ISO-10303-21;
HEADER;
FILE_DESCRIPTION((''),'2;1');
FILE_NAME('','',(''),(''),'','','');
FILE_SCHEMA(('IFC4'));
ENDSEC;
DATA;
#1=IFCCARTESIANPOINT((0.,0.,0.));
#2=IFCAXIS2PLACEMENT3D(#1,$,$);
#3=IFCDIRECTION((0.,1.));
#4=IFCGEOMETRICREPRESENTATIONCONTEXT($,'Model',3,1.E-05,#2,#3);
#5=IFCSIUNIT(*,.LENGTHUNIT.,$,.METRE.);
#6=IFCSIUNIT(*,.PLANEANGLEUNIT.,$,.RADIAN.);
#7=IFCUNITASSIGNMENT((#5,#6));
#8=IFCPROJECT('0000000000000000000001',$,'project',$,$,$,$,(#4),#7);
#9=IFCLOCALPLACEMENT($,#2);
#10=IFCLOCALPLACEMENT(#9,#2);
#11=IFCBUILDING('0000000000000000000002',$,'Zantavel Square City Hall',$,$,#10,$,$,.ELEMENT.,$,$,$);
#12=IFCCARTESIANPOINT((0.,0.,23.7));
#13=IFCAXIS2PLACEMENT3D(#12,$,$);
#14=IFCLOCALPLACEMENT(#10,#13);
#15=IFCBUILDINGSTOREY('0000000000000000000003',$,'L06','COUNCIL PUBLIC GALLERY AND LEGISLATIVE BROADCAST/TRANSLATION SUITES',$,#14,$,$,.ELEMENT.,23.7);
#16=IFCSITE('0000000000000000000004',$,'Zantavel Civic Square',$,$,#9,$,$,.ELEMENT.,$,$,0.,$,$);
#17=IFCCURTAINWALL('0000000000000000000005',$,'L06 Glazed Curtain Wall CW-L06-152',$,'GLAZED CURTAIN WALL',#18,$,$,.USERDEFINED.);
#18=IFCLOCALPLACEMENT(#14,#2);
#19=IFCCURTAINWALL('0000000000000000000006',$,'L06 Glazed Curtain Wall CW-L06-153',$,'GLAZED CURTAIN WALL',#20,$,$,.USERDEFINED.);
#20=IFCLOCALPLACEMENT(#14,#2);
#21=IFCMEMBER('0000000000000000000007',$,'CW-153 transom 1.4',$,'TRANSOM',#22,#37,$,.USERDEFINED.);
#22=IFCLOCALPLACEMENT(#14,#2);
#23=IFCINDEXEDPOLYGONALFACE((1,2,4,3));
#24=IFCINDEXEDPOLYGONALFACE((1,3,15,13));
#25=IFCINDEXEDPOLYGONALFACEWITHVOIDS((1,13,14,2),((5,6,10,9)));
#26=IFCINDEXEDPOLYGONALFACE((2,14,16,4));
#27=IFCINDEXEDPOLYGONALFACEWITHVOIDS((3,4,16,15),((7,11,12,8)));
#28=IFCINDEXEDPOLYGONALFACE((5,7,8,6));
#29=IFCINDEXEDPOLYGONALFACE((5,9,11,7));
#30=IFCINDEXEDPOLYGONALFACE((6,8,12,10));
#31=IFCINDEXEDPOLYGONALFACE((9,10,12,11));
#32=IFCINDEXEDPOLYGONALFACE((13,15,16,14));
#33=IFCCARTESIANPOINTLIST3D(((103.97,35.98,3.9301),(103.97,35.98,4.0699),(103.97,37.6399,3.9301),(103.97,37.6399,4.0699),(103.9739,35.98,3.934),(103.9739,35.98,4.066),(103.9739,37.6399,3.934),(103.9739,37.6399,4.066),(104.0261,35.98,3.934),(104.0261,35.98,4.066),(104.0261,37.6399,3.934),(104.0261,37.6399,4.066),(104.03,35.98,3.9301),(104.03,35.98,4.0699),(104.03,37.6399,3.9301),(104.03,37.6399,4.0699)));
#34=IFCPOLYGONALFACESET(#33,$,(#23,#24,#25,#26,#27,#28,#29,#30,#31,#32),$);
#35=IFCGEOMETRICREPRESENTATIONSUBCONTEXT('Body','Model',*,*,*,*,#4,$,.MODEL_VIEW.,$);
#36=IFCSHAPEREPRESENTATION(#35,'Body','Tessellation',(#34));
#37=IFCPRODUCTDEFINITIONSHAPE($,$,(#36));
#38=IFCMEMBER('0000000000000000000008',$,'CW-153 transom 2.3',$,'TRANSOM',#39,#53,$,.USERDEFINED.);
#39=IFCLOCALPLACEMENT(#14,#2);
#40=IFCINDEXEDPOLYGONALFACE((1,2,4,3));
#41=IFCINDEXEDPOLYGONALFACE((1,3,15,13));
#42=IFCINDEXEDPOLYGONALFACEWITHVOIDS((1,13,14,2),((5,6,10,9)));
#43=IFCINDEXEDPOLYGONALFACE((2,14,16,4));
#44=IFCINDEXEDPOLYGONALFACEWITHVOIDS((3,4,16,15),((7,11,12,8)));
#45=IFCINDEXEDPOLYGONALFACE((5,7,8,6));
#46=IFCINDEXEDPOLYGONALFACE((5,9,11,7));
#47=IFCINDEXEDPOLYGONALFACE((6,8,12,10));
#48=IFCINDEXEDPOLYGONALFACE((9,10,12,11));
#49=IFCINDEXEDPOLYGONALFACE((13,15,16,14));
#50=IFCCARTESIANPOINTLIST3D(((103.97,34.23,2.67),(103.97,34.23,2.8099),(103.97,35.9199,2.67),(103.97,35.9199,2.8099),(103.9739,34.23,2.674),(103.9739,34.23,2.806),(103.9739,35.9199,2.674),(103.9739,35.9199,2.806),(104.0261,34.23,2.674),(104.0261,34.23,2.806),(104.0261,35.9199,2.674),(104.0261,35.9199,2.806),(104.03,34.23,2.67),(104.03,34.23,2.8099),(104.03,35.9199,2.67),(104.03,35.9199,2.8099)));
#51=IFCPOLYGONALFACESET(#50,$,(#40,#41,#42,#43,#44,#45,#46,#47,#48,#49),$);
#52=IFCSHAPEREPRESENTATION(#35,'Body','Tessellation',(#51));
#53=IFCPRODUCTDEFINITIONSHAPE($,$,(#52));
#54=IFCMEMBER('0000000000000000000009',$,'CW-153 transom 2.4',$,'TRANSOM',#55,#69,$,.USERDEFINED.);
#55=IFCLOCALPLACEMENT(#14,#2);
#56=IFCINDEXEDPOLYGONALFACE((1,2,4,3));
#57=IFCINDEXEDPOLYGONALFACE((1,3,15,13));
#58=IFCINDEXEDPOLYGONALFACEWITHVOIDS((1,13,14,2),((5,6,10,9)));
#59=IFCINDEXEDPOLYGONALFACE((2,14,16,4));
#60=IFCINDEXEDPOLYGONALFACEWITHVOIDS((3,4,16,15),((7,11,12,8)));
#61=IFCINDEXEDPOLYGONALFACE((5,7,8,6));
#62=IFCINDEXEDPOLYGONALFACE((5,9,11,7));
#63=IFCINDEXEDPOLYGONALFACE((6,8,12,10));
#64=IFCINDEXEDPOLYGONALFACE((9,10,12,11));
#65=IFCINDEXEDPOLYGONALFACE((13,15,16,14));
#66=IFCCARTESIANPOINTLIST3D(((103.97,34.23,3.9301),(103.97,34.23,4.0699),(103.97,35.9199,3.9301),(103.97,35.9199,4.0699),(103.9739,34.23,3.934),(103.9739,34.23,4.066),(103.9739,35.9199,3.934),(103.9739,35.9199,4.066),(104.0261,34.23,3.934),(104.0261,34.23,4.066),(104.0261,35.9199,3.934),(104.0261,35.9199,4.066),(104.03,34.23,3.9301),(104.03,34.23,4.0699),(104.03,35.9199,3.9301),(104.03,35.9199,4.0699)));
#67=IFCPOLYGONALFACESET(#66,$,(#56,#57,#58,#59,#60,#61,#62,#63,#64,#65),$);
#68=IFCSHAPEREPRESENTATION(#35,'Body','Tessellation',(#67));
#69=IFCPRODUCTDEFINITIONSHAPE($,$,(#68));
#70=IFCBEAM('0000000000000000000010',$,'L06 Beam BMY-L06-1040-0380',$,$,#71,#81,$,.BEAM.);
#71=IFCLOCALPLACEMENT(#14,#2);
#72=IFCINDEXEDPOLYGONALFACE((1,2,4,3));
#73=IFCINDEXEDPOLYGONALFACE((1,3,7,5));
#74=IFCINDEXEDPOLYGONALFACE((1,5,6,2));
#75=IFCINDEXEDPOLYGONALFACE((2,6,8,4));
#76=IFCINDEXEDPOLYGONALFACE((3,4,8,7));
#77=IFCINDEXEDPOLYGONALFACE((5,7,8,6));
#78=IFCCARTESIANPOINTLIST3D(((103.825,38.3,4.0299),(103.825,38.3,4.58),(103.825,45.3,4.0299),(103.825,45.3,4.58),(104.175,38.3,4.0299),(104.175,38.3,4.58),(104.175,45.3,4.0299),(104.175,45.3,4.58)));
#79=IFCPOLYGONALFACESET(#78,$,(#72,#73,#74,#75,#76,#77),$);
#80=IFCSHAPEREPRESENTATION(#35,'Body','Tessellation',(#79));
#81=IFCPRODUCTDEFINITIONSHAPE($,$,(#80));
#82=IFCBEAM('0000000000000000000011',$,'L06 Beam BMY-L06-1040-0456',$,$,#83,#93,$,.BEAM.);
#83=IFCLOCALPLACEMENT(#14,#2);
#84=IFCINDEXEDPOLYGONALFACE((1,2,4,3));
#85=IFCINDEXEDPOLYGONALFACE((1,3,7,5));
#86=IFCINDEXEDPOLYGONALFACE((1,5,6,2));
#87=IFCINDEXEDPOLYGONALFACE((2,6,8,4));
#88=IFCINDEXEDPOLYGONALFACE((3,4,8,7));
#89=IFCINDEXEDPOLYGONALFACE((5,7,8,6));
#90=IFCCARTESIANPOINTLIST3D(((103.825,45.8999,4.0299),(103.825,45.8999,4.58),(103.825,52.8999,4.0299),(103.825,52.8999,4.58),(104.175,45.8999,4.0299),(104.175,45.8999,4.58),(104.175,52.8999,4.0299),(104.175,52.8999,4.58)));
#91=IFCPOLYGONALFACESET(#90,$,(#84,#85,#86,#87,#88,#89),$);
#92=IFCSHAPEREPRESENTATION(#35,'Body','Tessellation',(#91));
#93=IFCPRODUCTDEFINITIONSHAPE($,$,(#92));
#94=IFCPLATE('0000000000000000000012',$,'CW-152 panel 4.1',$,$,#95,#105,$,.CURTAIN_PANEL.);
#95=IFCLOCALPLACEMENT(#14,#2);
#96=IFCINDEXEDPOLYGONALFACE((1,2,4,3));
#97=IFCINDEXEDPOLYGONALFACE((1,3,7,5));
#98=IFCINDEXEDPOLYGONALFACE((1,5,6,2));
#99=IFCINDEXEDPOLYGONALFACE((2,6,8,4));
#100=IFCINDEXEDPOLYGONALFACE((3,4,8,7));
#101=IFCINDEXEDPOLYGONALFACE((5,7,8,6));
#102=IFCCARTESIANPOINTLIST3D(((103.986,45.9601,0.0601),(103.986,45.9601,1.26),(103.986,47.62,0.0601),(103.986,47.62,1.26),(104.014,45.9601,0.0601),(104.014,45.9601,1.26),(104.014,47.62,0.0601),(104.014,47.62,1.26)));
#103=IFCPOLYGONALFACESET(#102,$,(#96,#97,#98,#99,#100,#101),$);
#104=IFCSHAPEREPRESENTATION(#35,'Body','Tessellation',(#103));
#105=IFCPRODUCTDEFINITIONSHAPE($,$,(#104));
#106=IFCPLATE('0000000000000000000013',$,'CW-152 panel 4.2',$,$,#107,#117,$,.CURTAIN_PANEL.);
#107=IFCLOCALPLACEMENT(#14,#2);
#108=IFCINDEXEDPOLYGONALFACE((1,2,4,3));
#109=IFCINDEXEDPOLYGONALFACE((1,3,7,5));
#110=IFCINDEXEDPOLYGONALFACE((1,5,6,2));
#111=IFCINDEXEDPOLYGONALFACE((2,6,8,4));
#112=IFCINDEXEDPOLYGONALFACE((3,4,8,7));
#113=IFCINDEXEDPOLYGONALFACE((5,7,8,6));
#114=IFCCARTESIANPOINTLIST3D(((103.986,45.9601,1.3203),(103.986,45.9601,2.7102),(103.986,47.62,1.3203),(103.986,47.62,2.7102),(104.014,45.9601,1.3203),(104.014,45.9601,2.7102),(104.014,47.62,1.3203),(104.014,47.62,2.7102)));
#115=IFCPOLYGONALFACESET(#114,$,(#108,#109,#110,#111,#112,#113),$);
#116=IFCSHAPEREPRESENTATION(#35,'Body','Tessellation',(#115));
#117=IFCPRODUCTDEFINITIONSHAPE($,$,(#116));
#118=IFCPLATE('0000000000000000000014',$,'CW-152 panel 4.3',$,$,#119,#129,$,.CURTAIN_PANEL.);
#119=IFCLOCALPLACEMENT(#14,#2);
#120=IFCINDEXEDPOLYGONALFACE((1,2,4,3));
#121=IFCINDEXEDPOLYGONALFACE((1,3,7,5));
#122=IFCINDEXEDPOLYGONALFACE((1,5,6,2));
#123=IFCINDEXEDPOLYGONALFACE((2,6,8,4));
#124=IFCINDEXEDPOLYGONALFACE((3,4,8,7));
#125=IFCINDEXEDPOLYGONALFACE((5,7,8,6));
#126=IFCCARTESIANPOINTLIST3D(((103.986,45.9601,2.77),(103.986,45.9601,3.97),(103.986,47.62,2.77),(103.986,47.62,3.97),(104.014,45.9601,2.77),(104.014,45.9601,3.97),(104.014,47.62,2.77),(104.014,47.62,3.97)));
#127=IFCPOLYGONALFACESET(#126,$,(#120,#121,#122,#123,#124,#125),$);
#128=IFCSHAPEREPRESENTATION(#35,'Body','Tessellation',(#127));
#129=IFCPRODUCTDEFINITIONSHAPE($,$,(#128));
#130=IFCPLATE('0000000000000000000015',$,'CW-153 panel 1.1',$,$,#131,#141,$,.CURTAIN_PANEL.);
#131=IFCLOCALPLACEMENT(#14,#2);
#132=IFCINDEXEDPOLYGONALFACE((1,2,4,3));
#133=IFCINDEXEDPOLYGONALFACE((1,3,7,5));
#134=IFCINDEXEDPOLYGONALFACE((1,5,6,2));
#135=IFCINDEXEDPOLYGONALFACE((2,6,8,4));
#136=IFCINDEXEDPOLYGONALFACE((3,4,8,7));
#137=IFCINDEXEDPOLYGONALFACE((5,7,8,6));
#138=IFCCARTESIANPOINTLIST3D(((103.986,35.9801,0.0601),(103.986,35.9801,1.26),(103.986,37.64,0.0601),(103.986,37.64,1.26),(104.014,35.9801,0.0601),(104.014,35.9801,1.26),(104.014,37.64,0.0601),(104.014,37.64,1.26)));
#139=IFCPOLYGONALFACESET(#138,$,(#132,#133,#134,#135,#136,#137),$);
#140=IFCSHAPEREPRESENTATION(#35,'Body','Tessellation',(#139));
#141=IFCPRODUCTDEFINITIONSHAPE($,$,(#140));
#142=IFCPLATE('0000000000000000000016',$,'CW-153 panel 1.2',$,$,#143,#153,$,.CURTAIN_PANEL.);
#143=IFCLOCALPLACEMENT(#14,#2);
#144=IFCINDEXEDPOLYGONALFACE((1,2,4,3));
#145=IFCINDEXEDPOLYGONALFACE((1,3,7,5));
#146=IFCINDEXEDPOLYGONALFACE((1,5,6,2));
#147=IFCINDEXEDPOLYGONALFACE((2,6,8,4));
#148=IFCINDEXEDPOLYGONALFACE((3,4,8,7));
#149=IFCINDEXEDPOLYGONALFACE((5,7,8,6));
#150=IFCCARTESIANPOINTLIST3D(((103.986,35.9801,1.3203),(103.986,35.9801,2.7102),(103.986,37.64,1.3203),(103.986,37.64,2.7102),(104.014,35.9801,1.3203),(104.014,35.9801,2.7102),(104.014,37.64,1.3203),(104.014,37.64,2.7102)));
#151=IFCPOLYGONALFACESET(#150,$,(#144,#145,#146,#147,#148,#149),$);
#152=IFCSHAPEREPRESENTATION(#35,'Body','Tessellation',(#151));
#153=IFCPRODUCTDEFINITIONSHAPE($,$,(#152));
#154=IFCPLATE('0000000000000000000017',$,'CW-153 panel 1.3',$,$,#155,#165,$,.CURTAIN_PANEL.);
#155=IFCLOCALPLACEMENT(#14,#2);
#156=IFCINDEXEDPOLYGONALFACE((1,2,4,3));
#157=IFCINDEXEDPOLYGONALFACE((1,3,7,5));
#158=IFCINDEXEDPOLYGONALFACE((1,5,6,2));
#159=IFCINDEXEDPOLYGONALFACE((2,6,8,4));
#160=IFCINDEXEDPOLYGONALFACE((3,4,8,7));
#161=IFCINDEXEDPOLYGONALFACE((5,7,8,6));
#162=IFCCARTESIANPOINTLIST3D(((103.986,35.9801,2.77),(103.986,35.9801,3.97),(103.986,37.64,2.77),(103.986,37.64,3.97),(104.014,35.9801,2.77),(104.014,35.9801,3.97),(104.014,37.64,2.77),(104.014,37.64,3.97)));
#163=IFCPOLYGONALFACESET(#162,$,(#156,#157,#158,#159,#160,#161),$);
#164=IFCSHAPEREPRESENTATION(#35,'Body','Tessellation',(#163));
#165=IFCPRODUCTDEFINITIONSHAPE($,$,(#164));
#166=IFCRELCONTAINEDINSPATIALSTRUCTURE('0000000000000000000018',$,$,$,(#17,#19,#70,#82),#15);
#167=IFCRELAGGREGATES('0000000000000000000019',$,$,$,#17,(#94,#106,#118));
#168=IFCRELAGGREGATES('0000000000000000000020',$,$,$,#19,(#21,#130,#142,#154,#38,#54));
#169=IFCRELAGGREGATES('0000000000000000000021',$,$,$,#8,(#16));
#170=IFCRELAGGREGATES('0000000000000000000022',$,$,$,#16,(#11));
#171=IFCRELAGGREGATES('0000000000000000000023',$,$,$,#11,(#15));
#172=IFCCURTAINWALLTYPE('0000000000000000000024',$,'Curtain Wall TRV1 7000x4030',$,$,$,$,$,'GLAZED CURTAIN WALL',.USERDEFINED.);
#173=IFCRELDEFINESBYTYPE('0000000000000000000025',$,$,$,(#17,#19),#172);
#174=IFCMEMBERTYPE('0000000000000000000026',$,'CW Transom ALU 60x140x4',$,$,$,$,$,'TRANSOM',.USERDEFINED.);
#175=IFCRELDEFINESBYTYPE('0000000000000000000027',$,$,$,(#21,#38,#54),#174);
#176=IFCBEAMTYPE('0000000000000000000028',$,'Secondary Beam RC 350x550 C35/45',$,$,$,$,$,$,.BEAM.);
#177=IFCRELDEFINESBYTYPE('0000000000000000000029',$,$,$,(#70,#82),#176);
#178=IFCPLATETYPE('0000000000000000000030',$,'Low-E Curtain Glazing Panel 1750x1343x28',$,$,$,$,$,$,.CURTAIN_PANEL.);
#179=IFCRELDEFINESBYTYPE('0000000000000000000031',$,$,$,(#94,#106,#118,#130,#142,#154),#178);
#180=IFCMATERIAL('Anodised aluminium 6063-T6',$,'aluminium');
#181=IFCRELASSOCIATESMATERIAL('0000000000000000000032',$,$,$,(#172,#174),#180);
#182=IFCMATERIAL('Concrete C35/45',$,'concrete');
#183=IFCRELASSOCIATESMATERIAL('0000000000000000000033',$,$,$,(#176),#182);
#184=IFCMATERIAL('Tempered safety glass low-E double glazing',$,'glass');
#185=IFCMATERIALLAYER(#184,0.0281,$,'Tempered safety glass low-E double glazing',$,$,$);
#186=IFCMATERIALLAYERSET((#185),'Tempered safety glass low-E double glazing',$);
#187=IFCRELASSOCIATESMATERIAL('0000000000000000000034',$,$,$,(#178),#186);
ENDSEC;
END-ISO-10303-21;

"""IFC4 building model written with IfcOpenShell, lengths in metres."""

from ifc_helpers import new_model, si_unit, direction, frame, origin, origin_2d, place, context, subcontext, project, spatial, rectangle, hollow_rectangle, extrude, material, layer, layer_set, material_profile, profile_set, type_object, element, aggregate, save


model = new_model("IFC4")

# Units and contexts
model_context = context("Model", 3, precision=1e-05, world=origin(), true_north=direction((0.0, 1.0)))
body_context = subcontext(model_context, "Body", "Model", "MODEL_VIEW")
ifc_project = project(units=[si_unit("LENGTHUNIT", "METRE"), si_unit("PLANEANGLEUNIT", "RADIAN")], contexts=[model_context])

# Site, building, storey
site_placement = place(None, origin())
site = spatial("IfcSite", under=ifc_project, at=site_placement, Name="Zantavel Civic Square", CompositionType="ELEMENT", RefElevation=0.0)
building_placement = place(site_placement, origin())
building = spatial("IfcBuilding", under=site, at=building_placement, Name="Zantavel Square City Hall", CompositionType="ELEMENT")
storey_placement = place(building_placement, frame((0.0, 0.0, 23.7)))
storey = spatial("IfcBuildingStorey", under=building, at=storey_placement, Name="L06", Description="COUNCIL PUBLIC GALLERY AND LEGISLATIVE BROADCAST/TRANSLATION SUITES", CompositionType="ELEMENT", Elevation=23.7)

# Curtain wall
ifc_material_1 = material(Name="Anodised aluminium 6063-T6", Category="aluminium")
curtain_wall_type = type_object("IfcCurtainWallType", Name="Curtain Wall TRV1 7000x4030", ElementType="GLAZED CURTAIN WALL", PredefinedType="USERDEFINED", material=ifc_material_1)
curtain_wall_1_placement = place(storey_placement, origin())
curtain_wall_1 = element("IfcCurtainWall", 1, at=curtain_wall_1_placement, inside=storey, type_object=curtain_wall_type, Name="L06 Glazed Curtain Wall CW-L06-152", ObjectType="GLAZED CURTAIN WALL", PredefinedType="USERDEFINED")

# Curtain wall
curtain_wall_2_placement = place(storey_placement, origin())
curtain_wall_2 = element("IfcCurtainWall", 2, at=curtain_wall_2_placement, inside=storey, type_object=curtain_wall_type, Name="L06 Glazed Curtain Wall CW-L06-153", ObjectType="GLAZED CURTAIN WALL", PredefinedType="USERDEFINED")

# Members
ifc_material_profile_1 = material_profile(ifc_material_1, hollow_rectangle(XDim=0.0601, YDim=0.1399, WallThickness=0.0039, at=origin_2d()), Name="ALU 60x140x4")
ifc_profile_set_1 = profile_set([ifc_material_profile_1], Name="Anodised aluminium 6063-T6")
member_type_1 = type_object("IfcMemberType", Name="CW Transom ALU 60x140x4", ElementType="TRANSOM", PredefinedType="USERDEFINED", material=ifc_profile_set_1)
member_1_placement = place(storey_placement, frame((104.0, 37.6399, 4.0), z_axis=(0.0, -1.0, 0.0), x_axis=(1.0, 0.0, 0.0)))
member_1 = element("IfcMember", 3, at=member_1_placement, type_object=member_type_1, Name="CW-153 transom 1.4", ObjectType="TRANSOM", PredefinedType="USERDEFINED", context=body_context, shape_type="SweptSolid", body=[
    extrude(hollow_rectangle(XDim=0.0601, YDim=0.1399, WallThickness=0.0039, at=origin_2d()), origin(), (0.0, 0.0, 1.0), 1.6599),
])
member_2_placement = place(storey_placement, frame((104.0, 35.9199, 2.74), z_axis=(0.0, -1.0, 0.0), x_axis=(1.0, 0.0, 0.0)))
member_2 = element("IfcMember", 4, at=member_2_placement, type_object=member_type_1, Name="CW-153 transom 2.3", ObjectType="TRANSOM", PredefinedType="USERDEFINED", context=body_context, shape_type="SweptSolid", body=[
    extrude(hollow_rectangle(XDim=0.0601, YDim=0.1399, WallThickness=0.0039, at=origin_2d()), origin(), (0.0, 0.0, 1.0), 1.6899),
])
member_3_placement = place(storey_placement, frame((104.0, 35.9199, 4.0), z_axis=(0.0, -1.0, 0.0), x_axis=(1.0, 0.0, 0.0)))
member_3 = element("IfcMember", 5, at=member_3_placement, type_object=member_type_1, Name="CW-153 transom 2.4", ObjectType="TRANSOM", PredefinedType="USERDEFINED", context=body_context, shape_type="SweptSolid", body=[
    extrude(hollow_rectangle(XDim=0.0601, YDim=0.1399, WallThickness=0.0039, at=origin_2d()), origin(), (0.0, 0.0, 1.0), 1.6899),
])

# Beams
ifc_material_2 = material(Name="Concrete C35/45", Category="concrete")
ifc_material_profile_2 = material_profile(ifc_material_2, rectangle(XDim=0.3501, YDim=0.55, at=origin_2d()), Name="RC 350x550")
ifc_profile_set_2 = profile_set([ifc_material_profile_2], Name="Concrete C35/45")
beam_type = type_object("IfcBeamType", Name="Secondary Beam RC 350x550 C35/45", PredefinedType="BEAM", material=ifc_profile_set_2)
for number, where, z_axis, x_axis, name in (
    (6, (104.0, 38.3, 4.3049), (0.0, 1.0, 0.0), (-1.0, 0.0, 0.0), "L06 Beam BMY-L06-1040-0380"),
    (7, (104.0, 45.8999, 4.3049), (0.0, 1.0, 0.0), (-1.0, 0.0, 0.0), "L06 Beam BMY-L06-1040-0456"),
):
    element("IfcBeam", number, at=place(storey_placement, frame(where, z_axis=z_axis, x_axis=x_axis)), inside=storey, type_object=beam_type, Name=name, PredefinedType="BEAM", context=body_context, shape_type="SweptSolid", body=[
        extrude(rectangle(XDim=0.3501, YDim=0.55, at=origin_2d()), origin(), (0.0, 0.0, 1.0), 7.0),
    ])

# Plates
ifc_material_3 = material(Name="Tempered safety glass low-E double glazing", Category="glass")
ifc_layer_1 = layer(ifc_material_3, 0.0281, Name="Tempered safety glass low-E double glazing")
ifc_layer_set_1 = layer_set([ifc_layer_1], Name="Tempered safety glass low-E double glazing")
plate_type = type_object("IfcPlateType", Name="Low-E Curtain Glazing Panel 1750x1343x28", PredefinedType="CURTAIN_PANEL", material=ifc_layer_set_1)
plate_1_placement = place(storey_placement, frame((104.0, 46.79, 0.0601), z_axis=(0.0, 0.0, 1.0), x_axis=(0.0, -1.0, 0.0)))
plate_1 = element("IfcPlate", 8, at=plate_1_placement, type_object=plate_type, Name="CW-152 panel 4.1", PredefinedType="CURTAIN_PANEL", context=body_context, shape_type="SweptSolid", body=[
    extrude(rectangle(XDim=1.6599, YDim=0.0281, at=origin_2d()), origin(), (0.0, 0.0, 1.0), 1.2),
])
plate_2_placement = place(storey_placement, frame((104.0, 46.79, 1.3203), z_axis=(0.0, 0.0, 1.0), x_axis=(0.0, -1.0, 0.0)))
plate_2 = element("IfcPlate", 9, at=plate_2_placement, type_object=plate_type, Name="CW-152 panel 4.2", PredefinedType="CURTAIN_PANEL", context=body_context, shape_type="SweptSolid", body=[
    extrude(rectangle(XDim=1.6599, YDim=0.0281, at=origin_2d()), origin(), (0.0, 0.0, 1.0), 1.3899),
])
plate_3_placement = place(storey_placement, frame((104.0, 46.79, 2.77), z_axis=(0.0, 0.0, 1.0), x_axis=(0.0, -1.0, 0.0)))
plate_3 = element("IfcPlate", 10, at=plate_3_placement, type_object=plate_type, Name="CW-152 panel 4.3", PredefinedType="CURTAIN_PANEL", context=body_context, shape_type="SweptSolid", body=[
    extrude(rectangle(XDim=1.6599, YDim=0.0281, at=origin_2d()), origin(), (0.0, 0.0, 1.0), 1.2),
])
aggregate(curtain_wall_1, [plate_1, plate_2, plate_3])
plate_4_placement = place(storey_placement, frame((104.0, 36.8101, 0.0601), z_axis=(0.0, 0.0, 1.0), x_axis=(0.0, -1.0, 0.0)))
plate_4 = element("IfcPlate", 11, at=plate_4_placement, type_object=plate_type, Name="CW-153 panel 1.1", PredefinedType="CURTAIN_PANEL", context=body_context, shape_type="SweptSolid", body=[
    extrude(rectangle(XDim=1.6599, YDim=0.0281, at=origin_2d()), origin(), (0.0, 0.0, 1.0), 1.2),
])
plate_5_placement = place(storey_placement, frame((104.0, 36.8101, 1.3203), z_axis=(0.0, 0.0, 1.0), x_axis=(0.0, -1.0, 0.0)))
plate_5 = element("IfcPlate", 12, at=plate_5_placement, type_object=plate_type, Name="CW-153 panel 1.2", PredefinedType="CURTAIN_PANEL", context=body_context, shape_type="SweptSolid", body=[
    extrude(rectangle(XDim=1.6599, YDim=0.0281, at=origin_2d()), origin(), (0.0, 0.0, 1.0), 1.3899),
])
plate_6_placement = place(storey_placement, frame((104.0, 36.8101, 2.77), z_axis=(0.0, 0.0, 1.0), x_axis=(0.0, -1.0, 0.0)))
plate_6 = element("IfcPlate", 13, at=plate_6_placement, type_object=plate_type, Name="CW-153 panel 1.3", PredefinedType="CURTAIN_PANEL", context=body_context, shape_type="SweptSolid", body=[
    extrude(rectangle(XDim=1.6599, YDim=0.0281, at=origin_2d()), origin(), (0.0, 0.0, 1.0), 1.2),
])
aggregate(curtain_wall_2, [member_1, plate_4, plate_5, plate_6, member_2, member_3])

save(model, "model.ifc")
